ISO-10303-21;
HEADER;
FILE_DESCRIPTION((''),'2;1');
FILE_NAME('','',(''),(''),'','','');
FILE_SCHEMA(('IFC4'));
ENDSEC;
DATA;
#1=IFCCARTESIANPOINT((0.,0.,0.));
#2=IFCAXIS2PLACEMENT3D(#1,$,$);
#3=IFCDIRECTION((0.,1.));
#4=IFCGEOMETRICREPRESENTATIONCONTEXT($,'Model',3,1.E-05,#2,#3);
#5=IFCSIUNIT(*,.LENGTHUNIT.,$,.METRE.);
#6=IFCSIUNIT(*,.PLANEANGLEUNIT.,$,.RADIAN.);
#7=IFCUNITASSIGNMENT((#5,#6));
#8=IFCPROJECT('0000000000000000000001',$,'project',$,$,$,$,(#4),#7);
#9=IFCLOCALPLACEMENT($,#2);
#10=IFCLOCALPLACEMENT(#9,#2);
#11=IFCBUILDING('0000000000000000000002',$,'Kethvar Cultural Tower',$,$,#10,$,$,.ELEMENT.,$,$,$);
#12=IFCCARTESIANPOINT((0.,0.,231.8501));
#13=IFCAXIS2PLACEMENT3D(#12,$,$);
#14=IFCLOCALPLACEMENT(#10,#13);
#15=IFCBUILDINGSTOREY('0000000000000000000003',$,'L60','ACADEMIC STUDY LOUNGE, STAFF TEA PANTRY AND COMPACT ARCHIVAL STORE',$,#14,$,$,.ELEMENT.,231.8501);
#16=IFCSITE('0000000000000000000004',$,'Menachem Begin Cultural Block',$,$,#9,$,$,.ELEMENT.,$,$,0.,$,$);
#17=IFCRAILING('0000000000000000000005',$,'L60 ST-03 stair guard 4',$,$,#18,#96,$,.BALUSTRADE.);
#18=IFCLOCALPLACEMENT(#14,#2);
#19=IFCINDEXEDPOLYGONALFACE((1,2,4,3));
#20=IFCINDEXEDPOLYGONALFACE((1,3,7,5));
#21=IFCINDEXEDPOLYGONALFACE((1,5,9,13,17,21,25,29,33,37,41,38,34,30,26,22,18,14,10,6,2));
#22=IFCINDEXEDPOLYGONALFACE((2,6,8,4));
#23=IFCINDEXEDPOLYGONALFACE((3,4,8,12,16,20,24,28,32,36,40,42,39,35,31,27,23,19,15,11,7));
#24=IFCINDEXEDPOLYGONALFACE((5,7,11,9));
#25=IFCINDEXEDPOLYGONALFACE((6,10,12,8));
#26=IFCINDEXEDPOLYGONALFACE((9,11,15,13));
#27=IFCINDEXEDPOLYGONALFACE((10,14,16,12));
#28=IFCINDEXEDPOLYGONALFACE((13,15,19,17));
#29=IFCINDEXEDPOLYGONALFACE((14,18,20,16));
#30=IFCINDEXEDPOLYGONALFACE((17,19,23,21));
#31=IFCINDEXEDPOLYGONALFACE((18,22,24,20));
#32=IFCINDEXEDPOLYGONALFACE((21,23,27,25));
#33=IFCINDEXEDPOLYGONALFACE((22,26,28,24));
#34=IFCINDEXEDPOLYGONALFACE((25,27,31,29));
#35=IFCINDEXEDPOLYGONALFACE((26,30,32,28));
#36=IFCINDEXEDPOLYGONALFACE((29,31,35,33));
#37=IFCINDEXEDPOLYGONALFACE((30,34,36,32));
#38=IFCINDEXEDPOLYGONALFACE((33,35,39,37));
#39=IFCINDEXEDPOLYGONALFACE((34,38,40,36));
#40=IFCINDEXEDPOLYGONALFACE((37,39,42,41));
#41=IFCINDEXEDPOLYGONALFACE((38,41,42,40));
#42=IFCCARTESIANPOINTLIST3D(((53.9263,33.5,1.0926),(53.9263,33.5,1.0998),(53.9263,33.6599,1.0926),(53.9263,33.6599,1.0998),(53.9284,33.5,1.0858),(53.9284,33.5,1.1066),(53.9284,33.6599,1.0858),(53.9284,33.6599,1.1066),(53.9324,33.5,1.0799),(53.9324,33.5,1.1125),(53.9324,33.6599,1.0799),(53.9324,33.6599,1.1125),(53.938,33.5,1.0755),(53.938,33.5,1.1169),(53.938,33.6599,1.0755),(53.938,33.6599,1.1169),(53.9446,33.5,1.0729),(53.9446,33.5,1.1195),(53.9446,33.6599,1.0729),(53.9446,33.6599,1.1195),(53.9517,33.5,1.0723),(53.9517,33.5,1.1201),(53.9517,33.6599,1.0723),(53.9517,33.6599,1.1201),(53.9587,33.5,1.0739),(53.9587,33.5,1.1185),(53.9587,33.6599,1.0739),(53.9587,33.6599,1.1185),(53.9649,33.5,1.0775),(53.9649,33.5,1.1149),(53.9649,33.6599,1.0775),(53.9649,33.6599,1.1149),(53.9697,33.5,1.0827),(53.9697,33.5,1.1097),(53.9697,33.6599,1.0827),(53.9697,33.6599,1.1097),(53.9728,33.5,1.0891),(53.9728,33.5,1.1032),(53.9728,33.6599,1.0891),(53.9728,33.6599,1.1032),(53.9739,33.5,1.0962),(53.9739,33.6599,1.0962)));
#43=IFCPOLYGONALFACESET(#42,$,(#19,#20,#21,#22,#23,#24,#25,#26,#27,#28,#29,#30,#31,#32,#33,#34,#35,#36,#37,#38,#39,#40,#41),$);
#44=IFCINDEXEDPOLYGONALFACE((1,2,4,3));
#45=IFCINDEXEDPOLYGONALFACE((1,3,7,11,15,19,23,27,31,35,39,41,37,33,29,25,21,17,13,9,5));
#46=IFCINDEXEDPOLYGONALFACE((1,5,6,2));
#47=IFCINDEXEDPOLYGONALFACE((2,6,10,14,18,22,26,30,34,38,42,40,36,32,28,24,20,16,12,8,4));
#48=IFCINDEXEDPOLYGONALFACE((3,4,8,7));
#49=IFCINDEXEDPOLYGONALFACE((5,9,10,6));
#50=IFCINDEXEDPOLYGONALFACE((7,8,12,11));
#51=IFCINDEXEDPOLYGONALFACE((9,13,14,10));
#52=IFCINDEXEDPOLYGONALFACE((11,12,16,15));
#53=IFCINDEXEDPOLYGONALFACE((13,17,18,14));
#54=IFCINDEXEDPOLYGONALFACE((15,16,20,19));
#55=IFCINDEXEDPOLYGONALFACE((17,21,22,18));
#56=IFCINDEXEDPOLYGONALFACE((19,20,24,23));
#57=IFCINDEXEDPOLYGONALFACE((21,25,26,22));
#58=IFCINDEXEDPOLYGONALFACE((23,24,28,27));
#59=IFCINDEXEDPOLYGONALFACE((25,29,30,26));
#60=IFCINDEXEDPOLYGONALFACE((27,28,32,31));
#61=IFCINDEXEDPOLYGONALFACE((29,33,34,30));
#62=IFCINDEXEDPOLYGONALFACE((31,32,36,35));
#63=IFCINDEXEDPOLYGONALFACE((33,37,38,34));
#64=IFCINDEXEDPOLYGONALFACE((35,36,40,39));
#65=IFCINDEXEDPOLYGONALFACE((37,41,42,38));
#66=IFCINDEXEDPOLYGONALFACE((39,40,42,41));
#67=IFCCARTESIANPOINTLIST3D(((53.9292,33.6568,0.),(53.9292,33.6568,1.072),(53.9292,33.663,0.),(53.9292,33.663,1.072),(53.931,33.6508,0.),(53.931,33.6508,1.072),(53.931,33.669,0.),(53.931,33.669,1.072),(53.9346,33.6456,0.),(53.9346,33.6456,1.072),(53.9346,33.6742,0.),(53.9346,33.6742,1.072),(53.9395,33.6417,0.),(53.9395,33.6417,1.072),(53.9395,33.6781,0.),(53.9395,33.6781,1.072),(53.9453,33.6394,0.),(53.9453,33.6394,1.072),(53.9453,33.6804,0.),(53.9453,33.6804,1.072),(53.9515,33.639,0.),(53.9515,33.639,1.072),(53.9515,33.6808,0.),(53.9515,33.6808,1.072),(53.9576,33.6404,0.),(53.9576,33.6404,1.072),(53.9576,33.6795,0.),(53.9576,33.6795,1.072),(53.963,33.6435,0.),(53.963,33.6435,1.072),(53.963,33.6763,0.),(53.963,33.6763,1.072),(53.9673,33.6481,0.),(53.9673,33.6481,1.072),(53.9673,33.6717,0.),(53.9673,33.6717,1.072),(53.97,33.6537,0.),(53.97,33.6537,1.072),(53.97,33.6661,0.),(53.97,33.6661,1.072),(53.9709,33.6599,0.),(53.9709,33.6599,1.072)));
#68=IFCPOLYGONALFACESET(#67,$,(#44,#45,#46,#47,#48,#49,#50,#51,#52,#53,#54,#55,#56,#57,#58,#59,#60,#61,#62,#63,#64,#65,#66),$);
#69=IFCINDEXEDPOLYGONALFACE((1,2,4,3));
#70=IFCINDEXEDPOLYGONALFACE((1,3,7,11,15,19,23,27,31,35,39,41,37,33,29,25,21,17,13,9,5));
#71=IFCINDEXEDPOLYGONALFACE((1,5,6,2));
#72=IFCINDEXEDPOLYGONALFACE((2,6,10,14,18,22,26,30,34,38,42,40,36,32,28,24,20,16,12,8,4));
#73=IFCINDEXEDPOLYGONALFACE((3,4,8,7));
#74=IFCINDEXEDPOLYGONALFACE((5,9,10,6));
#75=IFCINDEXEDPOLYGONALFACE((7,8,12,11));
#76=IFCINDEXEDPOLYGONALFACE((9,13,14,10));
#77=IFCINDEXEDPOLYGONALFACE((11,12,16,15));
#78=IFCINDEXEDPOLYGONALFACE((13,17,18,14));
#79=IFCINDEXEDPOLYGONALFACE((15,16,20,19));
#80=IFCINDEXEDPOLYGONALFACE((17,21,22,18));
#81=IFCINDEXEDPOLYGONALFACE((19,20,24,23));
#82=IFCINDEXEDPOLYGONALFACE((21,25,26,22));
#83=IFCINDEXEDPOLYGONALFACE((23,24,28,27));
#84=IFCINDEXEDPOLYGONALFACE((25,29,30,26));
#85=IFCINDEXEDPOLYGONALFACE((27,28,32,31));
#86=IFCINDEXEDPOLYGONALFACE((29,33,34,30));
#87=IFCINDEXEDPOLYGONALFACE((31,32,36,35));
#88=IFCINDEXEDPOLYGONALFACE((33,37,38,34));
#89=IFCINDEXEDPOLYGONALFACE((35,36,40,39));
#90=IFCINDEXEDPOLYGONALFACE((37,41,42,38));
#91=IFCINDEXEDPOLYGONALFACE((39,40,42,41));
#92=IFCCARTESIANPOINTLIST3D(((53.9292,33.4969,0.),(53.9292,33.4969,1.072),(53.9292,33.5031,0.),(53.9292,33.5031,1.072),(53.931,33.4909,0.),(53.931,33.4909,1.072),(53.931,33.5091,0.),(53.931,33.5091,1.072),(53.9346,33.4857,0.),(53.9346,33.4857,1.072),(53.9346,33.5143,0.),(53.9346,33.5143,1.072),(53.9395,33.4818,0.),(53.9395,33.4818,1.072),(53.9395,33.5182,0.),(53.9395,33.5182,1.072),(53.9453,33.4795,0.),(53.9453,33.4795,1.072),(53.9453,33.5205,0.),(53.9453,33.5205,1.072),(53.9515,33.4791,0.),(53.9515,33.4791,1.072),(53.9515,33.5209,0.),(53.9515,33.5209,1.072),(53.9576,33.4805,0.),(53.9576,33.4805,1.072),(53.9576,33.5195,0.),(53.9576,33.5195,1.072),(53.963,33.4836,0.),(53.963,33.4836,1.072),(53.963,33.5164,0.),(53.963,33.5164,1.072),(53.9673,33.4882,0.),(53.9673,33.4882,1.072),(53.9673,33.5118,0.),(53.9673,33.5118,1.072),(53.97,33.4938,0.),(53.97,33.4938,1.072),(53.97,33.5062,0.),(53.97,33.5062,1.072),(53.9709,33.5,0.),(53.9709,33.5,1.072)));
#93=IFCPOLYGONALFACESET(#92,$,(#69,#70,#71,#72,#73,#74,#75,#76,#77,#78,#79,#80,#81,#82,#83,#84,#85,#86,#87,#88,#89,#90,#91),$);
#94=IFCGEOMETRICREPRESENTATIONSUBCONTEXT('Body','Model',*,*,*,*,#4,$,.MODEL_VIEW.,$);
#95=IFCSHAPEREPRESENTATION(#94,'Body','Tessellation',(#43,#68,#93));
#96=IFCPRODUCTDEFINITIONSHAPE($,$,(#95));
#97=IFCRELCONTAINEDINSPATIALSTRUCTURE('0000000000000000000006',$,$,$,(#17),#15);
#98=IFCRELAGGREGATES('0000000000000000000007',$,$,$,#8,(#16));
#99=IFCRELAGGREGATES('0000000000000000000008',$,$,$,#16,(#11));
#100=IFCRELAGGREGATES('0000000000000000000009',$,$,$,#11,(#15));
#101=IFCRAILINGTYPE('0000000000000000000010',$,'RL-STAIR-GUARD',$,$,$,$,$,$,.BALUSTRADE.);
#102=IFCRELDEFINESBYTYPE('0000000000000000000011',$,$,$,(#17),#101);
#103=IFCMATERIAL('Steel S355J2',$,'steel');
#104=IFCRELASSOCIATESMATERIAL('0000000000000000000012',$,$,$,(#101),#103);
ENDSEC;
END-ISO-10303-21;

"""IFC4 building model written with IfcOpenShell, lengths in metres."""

from ifc_helpers import new_model, si_unit, direction, frame, origin, origin_2d, place, context, subcontext, project, spatial, circle, extrude, material, type_object, element, save


model = new_model("IFC4")

# Units and contexts
model_context = context("Model", 3, precision=1e-05, world=origin(), true_north=direction((0.0, 1.0)))
body_context = subcontext(model_context, "Body", "Model", "MODEL_VIEW")
ifc_project = project(units=[si_unit("LENGTHUNIT", "METRE"), si_unit("PLANEANGLEUNIT", "RADIAN")], contexts=[model_context])

# Site, building, storey
site_placement = place(None, origin())
site = spatial("IfcSite", under=ifc_project, at=site_placement, Name="Menachem Begin Cultural Block", CompositionType="ELEMENT", RefElevation=0.0)
building_placement = place(site_placement, origin())
building = spatial("IfcBuilding", under=site, at=building_placement, Name="Kethvar Cultural Tower", CompositionType="ELEMENT")
storey_placement = place(building_placement, frame((0.0, 0.0, 231.8501)))
storey = spatial("IfcBuildingStorey", under=building, at=storey_placement, Name="L60", Description="ACADEMIC STUDY LOUNGE, STAFF TEA PANTRY AND COMPACT ARCHIVAL STORE", CompositionType="ELEMENT", Elevation=231.8501)

# Shared definitions
ifc_material_1 = material(Name="Steel S355J2", Category="steel")

# Railing
railing_type_1 = type_object("IfcRailingType", Name="RL-STAIR-GUARD", PredefinedType="BALUSTRADE", material=ifc_material_1)
railing_1_placement = place(storey_placement, frame((53.95, 33.6599, 0.0)))
element("IfcRailing", 1, at=railing_1_placement, inside=storey, type_object=railing_type_1, Name="L60 ST-03 stair guard 4", PredefinedType="BALUSTRADE", context=body_context, shape_type="SweptSolid", body=[
    extrude(circle(Radius=0.0239, at=origin_2d()), frame((0.0, 0.0, 1.0962), z_axis=(0.0, -1.0, 0.0), x_axis=(1.0, 0.0, 0.0)), (0.0, 0.0, 1.0), 0.1599),
    extrude(circle(Radius=0.021, at=origin_2d()), origin(), (0.0, 0.0, 1.0), 1.072),
    extrude(circle(Radius=0.021, at=origin_2d()), frame((0.0, -0.1599, 0.0)), (0.0, 0.0, 1.0), 1.072),
])

save(model, "model.ifc")
